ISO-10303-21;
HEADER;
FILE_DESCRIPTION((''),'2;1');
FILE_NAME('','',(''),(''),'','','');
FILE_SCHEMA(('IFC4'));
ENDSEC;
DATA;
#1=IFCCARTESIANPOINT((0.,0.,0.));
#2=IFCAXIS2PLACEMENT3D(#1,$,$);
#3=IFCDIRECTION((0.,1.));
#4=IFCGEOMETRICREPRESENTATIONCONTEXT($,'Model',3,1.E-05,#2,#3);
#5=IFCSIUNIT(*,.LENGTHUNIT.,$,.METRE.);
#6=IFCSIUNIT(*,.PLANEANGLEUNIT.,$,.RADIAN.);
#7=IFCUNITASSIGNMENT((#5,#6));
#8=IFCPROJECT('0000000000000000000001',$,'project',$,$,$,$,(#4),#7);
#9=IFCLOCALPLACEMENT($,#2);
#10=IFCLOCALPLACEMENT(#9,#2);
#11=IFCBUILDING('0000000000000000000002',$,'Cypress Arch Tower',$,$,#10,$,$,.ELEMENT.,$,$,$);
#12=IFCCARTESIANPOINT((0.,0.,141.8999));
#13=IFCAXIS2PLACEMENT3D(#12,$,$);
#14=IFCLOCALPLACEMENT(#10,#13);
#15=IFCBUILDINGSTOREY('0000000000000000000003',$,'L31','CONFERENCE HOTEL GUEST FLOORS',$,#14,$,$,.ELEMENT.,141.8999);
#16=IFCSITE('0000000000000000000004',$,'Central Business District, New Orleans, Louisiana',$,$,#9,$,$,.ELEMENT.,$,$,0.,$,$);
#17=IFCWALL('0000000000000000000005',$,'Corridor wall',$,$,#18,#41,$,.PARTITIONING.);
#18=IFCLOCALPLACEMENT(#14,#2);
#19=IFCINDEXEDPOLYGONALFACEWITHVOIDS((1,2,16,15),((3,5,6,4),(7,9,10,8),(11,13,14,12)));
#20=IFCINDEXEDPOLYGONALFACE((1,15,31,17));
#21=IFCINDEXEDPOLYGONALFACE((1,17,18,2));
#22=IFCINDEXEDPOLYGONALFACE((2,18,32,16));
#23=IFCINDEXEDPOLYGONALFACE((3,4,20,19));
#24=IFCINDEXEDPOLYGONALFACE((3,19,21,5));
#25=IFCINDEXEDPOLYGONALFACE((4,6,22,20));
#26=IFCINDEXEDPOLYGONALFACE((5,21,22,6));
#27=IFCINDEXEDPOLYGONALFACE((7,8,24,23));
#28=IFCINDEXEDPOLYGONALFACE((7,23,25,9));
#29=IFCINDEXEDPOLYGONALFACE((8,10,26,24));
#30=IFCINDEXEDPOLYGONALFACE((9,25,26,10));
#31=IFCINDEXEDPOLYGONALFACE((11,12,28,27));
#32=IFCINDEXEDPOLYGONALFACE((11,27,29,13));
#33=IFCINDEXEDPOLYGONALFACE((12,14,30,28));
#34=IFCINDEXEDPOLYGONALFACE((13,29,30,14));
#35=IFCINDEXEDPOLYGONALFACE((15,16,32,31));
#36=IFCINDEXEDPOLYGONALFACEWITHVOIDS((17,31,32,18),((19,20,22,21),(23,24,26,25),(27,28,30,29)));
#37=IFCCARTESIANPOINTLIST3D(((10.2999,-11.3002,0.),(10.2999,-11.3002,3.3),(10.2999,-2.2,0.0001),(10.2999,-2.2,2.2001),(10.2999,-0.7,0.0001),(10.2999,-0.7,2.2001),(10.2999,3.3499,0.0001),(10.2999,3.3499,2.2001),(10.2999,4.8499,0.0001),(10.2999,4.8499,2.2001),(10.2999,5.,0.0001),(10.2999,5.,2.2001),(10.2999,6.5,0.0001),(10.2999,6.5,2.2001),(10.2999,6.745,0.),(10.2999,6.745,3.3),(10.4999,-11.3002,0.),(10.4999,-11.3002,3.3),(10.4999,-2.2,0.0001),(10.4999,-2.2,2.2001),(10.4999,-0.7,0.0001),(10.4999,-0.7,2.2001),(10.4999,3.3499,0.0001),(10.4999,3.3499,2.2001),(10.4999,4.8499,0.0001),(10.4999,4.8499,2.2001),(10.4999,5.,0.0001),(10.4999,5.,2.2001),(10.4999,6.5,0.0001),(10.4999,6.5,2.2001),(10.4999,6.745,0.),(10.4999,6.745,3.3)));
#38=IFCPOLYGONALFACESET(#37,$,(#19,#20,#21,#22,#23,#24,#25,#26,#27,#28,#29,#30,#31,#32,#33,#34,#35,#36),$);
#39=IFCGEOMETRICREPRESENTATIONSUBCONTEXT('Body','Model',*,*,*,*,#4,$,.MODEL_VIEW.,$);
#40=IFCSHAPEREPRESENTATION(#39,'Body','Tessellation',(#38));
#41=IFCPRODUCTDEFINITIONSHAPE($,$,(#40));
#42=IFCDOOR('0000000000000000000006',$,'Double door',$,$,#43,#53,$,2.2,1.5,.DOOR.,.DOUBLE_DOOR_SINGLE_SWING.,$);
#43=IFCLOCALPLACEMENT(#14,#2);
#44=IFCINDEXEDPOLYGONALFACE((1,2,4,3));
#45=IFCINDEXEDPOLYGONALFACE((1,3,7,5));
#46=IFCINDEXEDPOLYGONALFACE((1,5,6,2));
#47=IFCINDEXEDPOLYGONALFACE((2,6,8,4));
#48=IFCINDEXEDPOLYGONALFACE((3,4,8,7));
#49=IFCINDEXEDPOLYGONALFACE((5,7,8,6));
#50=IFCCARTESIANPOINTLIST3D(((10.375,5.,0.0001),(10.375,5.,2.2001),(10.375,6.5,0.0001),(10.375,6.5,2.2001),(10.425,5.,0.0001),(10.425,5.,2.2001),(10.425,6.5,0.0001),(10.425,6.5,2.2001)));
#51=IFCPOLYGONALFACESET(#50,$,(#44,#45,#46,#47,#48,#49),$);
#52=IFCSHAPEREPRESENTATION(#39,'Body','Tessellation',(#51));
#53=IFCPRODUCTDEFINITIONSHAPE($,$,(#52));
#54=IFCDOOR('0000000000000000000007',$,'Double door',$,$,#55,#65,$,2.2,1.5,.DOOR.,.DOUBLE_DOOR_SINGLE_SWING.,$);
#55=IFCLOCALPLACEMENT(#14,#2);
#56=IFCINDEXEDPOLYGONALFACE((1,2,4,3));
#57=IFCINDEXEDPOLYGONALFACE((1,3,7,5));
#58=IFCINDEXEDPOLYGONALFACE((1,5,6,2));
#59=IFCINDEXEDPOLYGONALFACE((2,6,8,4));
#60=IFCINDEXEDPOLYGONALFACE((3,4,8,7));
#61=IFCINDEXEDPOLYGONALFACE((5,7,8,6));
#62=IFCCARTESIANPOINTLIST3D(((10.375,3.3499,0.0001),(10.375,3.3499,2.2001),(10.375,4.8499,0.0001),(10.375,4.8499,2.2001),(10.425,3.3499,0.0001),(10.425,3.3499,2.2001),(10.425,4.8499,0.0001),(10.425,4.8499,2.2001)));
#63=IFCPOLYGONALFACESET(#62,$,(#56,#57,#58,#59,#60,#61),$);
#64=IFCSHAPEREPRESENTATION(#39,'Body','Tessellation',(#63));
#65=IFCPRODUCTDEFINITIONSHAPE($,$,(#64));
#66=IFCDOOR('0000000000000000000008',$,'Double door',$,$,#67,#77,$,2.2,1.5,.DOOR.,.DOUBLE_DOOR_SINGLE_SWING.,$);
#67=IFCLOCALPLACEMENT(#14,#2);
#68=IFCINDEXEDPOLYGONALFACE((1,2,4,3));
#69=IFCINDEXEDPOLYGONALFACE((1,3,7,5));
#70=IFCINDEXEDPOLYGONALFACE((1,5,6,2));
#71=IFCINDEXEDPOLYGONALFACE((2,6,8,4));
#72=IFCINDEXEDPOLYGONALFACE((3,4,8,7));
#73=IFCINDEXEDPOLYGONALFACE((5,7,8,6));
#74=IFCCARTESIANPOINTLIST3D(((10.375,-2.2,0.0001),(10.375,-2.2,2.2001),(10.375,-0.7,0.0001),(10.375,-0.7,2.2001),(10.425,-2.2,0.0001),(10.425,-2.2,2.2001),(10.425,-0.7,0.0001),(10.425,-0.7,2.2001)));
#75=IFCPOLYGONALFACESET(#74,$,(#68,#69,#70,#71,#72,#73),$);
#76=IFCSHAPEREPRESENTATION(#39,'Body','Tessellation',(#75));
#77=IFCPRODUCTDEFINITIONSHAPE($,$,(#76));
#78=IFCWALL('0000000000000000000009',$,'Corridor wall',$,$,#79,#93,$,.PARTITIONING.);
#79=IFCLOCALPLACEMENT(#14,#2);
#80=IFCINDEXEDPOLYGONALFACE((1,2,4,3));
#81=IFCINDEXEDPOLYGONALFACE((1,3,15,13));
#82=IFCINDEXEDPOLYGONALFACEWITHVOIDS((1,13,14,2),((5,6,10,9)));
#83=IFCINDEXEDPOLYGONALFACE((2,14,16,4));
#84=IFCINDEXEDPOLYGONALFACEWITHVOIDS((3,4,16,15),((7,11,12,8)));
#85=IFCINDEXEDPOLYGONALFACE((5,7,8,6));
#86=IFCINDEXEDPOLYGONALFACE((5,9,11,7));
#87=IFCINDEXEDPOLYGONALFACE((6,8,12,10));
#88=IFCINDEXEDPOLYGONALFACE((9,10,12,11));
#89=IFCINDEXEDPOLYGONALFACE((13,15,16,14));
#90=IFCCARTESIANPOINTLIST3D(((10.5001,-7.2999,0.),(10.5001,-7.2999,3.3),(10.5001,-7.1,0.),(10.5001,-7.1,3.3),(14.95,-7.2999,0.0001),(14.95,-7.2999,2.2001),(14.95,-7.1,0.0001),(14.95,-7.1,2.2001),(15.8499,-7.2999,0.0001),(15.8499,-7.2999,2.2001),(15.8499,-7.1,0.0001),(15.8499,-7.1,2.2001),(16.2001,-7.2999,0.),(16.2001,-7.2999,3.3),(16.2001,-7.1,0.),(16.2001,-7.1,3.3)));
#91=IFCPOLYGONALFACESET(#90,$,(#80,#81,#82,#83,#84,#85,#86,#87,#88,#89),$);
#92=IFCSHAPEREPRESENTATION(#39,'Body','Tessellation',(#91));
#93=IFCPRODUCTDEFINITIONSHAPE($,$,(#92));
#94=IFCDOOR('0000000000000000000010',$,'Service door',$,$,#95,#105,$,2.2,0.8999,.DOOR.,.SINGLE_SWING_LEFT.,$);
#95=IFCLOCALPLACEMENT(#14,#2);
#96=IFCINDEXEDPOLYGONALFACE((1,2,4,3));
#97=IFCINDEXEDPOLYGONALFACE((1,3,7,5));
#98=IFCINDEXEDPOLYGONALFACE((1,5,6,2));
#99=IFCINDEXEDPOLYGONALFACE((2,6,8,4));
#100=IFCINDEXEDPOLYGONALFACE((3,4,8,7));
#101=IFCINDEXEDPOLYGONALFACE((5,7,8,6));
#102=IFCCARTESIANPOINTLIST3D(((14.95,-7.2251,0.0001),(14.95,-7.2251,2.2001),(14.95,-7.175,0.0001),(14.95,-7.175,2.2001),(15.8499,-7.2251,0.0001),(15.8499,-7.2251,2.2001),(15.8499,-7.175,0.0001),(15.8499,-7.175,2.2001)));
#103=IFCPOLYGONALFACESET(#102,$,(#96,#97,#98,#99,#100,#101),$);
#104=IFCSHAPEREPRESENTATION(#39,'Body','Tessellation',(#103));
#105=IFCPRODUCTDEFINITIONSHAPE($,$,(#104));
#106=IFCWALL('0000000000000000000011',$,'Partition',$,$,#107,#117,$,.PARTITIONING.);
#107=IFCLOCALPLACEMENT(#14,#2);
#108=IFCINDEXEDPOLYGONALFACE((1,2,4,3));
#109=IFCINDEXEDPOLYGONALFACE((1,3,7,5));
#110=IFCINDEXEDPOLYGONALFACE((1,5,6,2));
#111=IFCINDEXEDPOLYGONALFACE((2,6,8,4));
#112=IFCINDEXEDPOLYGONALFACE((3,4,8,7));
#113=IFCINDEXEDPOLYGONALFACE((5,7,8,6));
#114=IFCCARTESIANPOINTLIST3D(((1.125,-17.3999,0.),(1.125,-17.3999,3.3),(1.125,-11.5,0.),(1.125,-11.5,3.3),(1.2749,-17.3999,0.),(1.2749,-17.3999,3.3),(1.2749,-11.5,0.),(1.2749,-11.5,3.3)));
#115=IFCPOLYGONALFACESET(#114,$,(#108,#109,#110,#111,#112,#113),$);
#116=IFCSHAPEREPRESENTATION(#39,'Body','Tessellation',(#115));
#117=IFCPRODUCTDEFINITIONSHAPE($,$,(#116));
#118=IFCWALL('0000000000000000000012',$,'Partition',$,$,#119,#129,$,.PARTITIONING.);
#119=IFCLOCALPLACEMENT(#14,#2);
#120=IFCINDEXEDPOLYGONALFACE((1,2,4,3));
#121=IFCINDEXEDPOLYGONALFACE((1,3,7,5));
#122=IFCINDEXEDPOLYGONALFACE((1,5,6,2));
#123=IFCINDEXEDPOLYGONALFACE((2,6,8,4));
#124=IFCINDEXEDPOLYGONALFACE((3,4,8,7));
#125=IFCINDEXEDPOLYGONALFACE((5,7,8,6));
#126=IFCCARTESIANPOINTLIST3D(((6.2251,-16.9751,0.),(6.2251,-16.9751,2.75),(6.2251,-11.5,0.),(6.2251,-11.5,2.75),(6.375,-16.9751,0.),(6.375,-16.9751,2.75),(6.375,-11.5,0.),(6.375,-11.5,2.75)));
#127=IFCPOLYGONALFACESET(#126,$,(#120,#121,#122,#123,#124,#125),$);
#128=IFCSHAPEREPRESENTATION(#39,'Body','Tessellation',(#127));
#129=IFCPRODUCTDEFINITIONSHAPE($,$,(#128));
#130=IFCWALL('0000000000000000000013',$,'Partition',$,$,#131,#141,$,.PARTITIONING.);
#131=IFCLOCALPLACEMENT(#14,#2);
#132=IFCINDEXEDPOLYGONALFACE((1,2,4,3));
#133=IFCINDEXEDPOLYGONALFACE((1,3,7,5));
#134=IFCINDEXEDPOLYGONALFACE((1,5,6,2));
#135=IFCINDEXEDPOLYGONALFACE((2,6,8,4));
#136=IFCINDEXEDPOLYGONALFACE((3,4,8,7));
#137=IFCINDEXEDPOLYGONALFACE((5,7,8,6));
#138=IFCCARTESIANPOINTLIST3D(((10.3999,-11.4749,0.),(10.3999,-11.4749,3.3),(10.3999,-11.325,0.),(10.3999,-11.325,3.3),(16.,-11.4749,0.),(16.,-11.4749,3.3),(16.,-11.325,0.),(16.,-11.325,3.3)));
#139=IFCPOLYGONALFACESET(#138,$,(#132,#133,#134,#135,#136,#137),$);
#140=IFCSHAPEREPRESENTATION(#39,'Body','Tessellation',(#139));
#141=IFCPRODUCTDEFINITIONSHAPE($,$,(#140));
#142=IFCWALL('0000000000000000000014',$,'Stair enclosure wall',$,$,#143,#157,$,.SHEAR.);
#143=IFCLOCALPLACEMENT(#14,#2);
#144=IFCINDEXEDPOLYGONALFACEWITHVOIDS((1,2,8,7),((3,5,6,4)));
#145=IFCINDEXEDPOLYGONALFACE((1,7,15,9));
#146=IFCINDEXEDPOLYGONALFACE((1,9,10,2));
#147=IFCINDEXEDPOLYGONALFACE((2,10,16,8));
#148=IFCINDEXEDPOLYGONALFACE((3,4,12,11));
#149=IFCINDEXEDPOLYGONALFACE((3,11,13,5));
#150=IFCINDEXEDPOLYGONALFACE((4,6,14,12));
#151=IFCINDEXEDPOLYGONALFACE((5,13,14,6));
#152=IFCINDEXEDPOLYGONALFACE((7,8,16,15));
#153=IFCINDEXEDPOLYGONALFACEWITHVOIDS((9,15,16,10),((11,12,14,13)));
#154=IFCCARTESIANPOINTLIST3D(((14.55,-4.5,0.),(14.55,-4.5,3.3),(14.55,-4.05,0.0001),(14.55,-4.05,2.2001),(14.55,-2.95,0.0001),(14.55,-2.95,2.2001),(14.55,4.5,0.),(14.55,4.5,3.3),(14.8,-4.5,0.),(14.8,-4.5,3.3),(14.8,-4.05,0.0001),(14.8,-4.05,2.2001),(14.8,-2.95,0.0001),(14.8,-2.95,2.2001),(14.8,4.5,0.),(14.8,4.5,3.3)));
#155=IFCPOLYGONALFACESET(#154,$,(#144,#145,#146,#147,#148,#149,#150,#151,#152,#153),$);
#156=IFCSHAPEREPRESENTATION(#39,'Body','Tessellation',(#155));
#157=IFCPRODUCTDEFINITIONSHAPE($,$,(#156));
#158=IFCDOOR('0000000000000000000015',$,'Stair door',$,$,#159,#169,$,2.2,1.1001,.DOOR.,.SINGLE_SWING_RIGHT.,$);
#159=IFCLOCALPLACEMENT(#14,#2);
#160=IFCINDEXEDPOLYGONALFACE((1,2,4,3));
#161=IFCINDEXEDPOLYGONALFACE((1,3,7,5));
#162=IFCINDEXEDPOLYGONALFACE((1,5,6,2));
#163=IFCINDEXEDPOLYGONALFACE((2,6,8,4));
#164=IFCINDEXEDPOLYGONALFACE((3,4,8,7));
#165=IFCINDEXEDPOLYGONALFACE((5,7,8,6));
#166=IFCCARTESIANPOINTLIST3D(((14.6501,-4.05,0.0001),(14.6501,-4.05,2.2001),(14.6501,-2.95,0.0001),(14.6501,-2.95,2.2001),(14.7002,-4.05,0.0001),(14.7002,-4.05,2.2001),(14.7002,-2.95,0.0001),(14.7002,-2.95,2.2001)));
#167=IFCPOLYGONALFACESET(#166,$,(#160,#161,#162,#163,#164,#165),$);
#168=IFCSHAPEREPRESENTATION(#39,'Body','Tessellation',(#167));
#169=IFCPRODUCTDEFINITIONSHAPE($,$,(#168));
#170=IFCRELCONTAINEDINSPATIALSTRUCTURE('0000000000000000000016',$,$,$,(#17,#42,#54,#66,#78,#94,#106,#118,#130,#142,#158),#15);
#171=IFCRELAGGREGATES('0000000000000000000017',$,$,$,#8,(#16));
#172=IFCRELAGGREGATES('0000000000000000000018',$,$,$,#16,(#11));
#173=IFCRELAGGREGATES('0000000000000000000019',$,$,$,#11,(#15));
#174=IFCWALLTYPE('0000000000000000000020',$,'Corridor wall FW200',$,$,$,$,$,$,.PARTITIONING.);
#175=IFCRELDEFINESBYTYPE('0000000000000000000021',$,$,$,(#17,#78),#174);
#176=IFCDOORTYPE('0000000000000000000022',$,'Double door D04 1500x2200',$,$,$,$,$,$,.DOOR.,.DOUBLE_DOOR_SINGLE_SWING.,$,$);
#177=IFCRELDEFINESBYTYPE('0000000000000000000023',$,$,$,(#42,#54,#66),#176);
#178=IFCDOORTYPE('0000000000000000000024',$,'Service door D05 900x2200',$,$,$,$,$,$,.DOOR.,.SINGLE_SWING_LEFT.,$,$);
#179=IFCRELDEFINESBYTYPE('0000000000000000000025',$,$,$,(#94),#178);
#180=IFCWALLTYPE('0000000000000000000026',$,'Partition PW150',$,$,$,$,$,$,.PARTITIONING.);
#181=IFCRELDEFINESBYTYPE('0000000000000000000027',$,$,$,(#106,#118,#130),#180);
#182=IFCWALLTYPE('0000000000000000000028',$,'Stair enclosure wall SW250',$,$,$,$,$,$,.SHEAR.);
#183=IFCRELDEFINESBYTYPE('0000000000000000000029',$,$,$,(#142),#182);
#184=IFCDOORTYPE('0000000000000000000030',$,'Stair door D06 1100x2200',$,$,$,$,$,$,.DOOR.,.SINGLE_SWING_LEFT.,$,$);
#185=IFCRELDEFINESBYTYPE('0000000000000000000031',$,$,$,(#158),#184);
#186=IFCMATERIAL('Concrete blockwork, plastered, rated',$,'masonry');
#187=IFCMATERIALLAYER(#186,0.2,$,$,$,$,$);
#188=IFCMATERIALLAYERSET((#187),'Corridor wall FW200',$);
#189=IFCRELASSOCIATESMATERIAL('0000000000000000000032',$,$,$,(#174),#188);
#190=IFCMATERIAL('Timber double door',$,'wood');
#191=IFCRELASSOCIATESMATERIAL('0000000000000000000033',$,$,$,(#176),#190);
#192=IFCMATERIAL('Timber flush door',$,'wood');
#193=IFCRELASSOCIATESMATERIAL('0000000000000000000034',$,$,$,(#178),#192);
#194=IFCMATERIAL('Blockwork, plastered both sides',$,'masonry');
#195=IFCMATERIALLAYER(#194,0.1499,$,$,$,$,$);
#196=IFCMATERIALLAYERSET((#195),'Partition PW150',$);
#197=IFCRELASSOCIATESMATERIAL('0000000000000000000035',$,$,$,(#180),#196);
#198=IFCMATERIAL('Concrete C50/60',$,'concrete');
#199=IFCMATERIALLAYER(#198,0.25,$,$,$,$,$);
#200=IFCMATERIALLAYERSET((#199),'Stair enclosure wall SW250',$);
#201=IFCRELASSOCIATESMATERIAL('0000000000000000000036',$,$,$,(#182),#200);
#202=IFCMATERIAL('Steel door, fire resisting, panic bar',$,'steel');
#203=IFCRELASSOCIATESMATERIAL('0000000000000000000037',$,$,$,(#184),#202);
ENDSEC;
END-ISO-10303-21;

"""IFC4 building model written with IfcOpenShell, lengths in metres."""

from ifc_helpers import new_model, si_unit, direction, frame, frame_2d, origin, place, context, subcontext, project, spatial, rectangle, extrude, material, layer, layer_set, type_object, element, fill, save


model = new_model("IFC4")

# Units and contexts
model_context = context("Model", 3, precision=1e-05, world=origin(), true_north=direction((0.0, 1.0)))
body_context = subcontext(model_context, "Body", "Model", "MODEL_VIEW")
ifc_project = project(units=[si_unit("LENGTHUNIT", "METRE"), si_unit("PLANEANGLEUNIT", "RADIAN")], contexts=[model_context])

# Site, building, storey
site_placement = place(None, origin())
site = spatial("IfcSite", under=ifc_project, at=site_placement, Name="Central Business District, New Orleans, Louisiana", CompositionType="ELEMENT", RefElevation=0.0)
building_placement = place(site_placement, origin())
building = spatial("IfcBuilding", under=site, at=building_placement, Name="Cypress Arch Tower", CompositionType="ELEMENT")
storey_placement = place(building_placement, frame((0.0, 0.0, 141.8999)))
storey = spatial("IfcBuildingStorey", under=building, at=storey_placement, Name="L31", Description="CONFERENCE HOTEL GUEST FLOORS", CompositionType="ELEMENT", Elevation=141.8999)

# Shared definitions
ifc_material_1 = material(Name="Concrete blockwork, plastered, rated", Category="masonry")
ifc_layer_1 = layer(ifc_material_1, 0.2)
ifc_layer_set_1 = layer_set([ifc_layer_1], Name="Corridor wall FW200")
wall_type_1 = type_object("IfcWallType", Name="Corridor wall FW200", PredefinedType="PARTITIONING", material=ifc_layer_set_1)

# Wall, openings, doors
wall_1_placement = place(storey_placement, frame((10.3999, -11.3, 0.0), z_axis=(0.0, 0.0, 1.0), x_axis=(0.0, 1.0, 0.0)))
wall_1 = element("IfcWall", 1, at=wall_1_placement, inside=storey, type_object=wall_type_1, Name="Corridor wall", PredefinedType="PARTITIONING", context=body_context, shape_type="SweptSolid", body=[
    extrude(rectangle(XDim=18.0452, YDim=0.2, at=frame_2d((9.0225, 0.0))), origin(), (0.0, 0.0, 1.0), 3.3),
])
opening_1_placement = place(wall_1_placement, frame((16.3, 0.0, 0.0)))
opening_1 = element("IfcOpeningElement", 2, at=opening_1_placement, cuts=wall_1, PredefinedType="OPENING", context=body_context, shape_type="SweptSolid", body=[
    extrude(rectangle(XDim=1.5, YDim=2.2, at=frame_2d((0.75, 1.1001))), frame((0.0, 0.1099, 0.0), z_axis=(0.0, -1.0, 0.0), x_axis=(1.0, 0.0, 0.0)), (0.0, 0.0, 1.0), 0.22),
])
opening_2_placement = place(wall_1_placement, frame((14.6499, 0.0, 0.0)))
opening_2 = element("IfcOpeningElement", 3, at=opening_2_placement, cuts=wall_1, PredefinedType="OPENING", context=body_context, shape_type="SweptSolid", body=[
    extrude(rectangle(XDim=1.5, YDim=2.2, at=frame_2d((0.75, 1.1001))), frame((0.0, 0.1099, 0.0), z_axis=(0.0, -1.0, 0.0), x_axis=(1.0, 0.0, 0.0)), (0.0, 0.0, 1.0), 0.22),
])
opening_3_placement = place(wall_1_placement, frame((9.1001, 0.0, 0.0)))
opening_3 = element("IfcOpeningElement", 4, at=opening_3_placement, cuts=wall_1, PredefinedType="OPENING", context=body_context, shape_type="SweptSolid", body=[
    extrude(rectangle(XDim=1.5, YDim=2.2, at=frame_2d((0.75, 1.1001))), frame((0.0, 0.1099, 0.0), z_axis=(0.0, -1.0, 0.0), x_axis=(1.0, 0.0, 0.0)), (0.0, 0.0, 1.0), 0.22),
])
ifc_material_2 = material(Name="Timber double door", Category="wood")
door_type_1 = type_object("IfcDoorType", Name="Double door D04 1500x2200", OperationType="DOUBLE_DOOR_SINGLE_SWING", PredefinedType="DOOR", material=ifc_material_2)
door_1_placement = place(opening_1_placement, origin())
door_1 = element("IfcDoor", 5, at=door_1_placement, inside=storey, type_object=door_type_1, Name="Double door", OperationType="DOUBLE_DOOR_SINGLE_SWING", OverallHeight=2.2, OverallWidth=1.5, PredefinedType="DOOR", context=body_context, shape_type="SweptSolid", body=[
    extrude(rectangle(XDim=1.5, YDim=2.2, at=frame_2d((0.75, 1.1001))), frame((0.0, 0.0249, 0.0), z_axis=(0.0, -1.0, 0.0), x_axis=(1.0, 0.0, 0.0)), (0.0, 0.0, 1.0), 0.05),
])
fill(opening_1, door_1)
door_2_placement = place(opening_2_placement, origin())
door_2 = element("IfcDoor", 6, at=door_2_placement, inside=storey, type_object=door_type_1, Name="Double door", OperationType="DOUBLE_DOOR_SINGLE_SWING", OverallHeight=2.2, OverallWidth=1.5, PredefinedType="DOOR", context=body_context, shape_type="SweptSolid", body=[
    extrude(rectangle(XDim=1.5, YDim=2.2, at=frame_2d((0.75, 1.1001))), frame((0.0, 0.0249, 0.0), z_axis=(0.0, -1.0, 0.0), x_axis=(1.0, 0.0, 0.0)), (0.0, 0.0, 1.0), 0.05),
])
fill(opening_2, door_2)
door_3_placement = place(opening_3_placement, origin())
door_3 = element("IfcDoor", 7, at=door_3_placement, inside=storey, type_object=door_type_1, Name="Double door", OperationType="DOUBLE_DOOR_SINGLE_SWING", OverallHeight=2.2, OverallWidth=1.5, PredefinedType="DOOR", context=body_context, shape_type="SweptSolid", body=[
    extrude(rectangle(XDim=1.5, YDim=2.2, at=frame_2d((0.75, 1.1001))), frame((0.0, 0.0249, 0.0), z_axis=(0.0, -1.0, 0.0), x_axis=(1.0, 0.0, 0.0)), (0.0, 0.0, 1.0), 0.05),
])
fill(opening_3, door_3)

# Wall, opening, door
wall_2_placement = place(storey_placement, frame((10.5, -7.2, 0.0), z_axis=(0.0, 0.0, 1.0), x_axis=(1.0, 0.0, 0.0)))
wall_2 = element("IfcWall", 8, at=wall_2_placement, inside=storey, type_object=wall_type_1, Name="Corridor wall", PredefinedType="PARTITIONING", context=body_context, shape_type="SweptSolid", body=[
    extrude(rectangle(XDim=5.7, YDim=0.2, at=frame_2d((2.8501, 0.0))), origin(), (0.0, 0.0, 1.0), 3.3),
])
opening_4_placement = place(wall_2_placement, frame((4.45, 0.0, 0.0)))
opening_4 = element("IfcOpeningElement", 9, at=opening_4_placement, cuts=wall_2, PredefinedType="OPENING", context=body_context, shape_type="SweptSolid", body=[
    extrude(rectangle(XDim=0.8999, YDim=2.2, at=frame_2d((0.45, 1.1001))), frame((0.0, 0.1099, 0.0), z_axis=(0.0, -1.0, 0.0), x_axis=(1.0, 0.0, 0.0)), (0.0, 0.0, 1.0), 0.22),
])
ifc_material_3 = material(Name="Timber flush door", Category="wood")
door_type_2 = type_object("IfcDoorType", Name="Service door D05 900x2200", OperationType="SINGLE_SWING_LEFT", PredefinedType="DOOR", material=ifc_material_3)
door_4_placement = place(opening_4_placement, origin())
door_4 = element("IfcDoor", 10, at=door_4_placement, inside=storey, type_object=door_type_2, Name="Service door", OperationType="SINGLE_SWING_LEFT", OverallHeight=2.2, OverallWidth=0.8999, PredefinedType="DOOR", context=body_context, shape_type="SweptSolid", body=[
    extrude(rectangle(XDim=0.8999, YDim=2.2, at=frame_2d((0.45, 1.1001))), frame((0.0, 0.0249, 0.0), z_axis=(0.0, -1.0, 0.0), x_axis=(1.0, 0.0, 0.0)), (0.0, 0.0, 1.0), 0.05),
])
fill(opening_4, door_4)

# Walls
ifc_material_4 = material(Name="Blockwork, plastered both sides", Category="masonry")
ifc_layer_2 = layer(ifc_material_4, 0.1499)
ifc_layer_set_2 = layer_set([ifc_layer_2], Name="Partition PW150")
wall_type_2 = type_object("IfcWallType", Name="Partition PW150", PredefinedType="PARTITIONING", material=ifc_layer_set_2)
wall_3_placement = place(storey_placement, frame((1.2, -17.3999, 0.0), z_axis=(0.0, 0.0, 1.0), x_axis=(0.0, 1.0, 0.0)))
element("IfcWall", 11, at=wall_3_placement, inside=storey, type_object=wall_type_2, Name="Partition", PredefinedType="PARTITIONING", context=body_context, shape_type="SweptSolid", body=[
    extrude(rectangle(XDim=5.8999, YDim=0.1499, at=frame_2d((2.95, 0.0))), origin(), (0.0, 0.0, 1.0), 3.3),
])
wall_4_placement = place(storey_placement, frame((6.3, -16.9751, 0.0), z_axis=(0.0, 0.0, 1.0), x_axis=(0.0, 1.0, 0.0)))
element("IfcWall", 12, at=wall_4_placement, inside=storey, type_object=wall_type_2, Name="Partition", PredefinedType="PARTITIONING", context=body_context, shape_type="SweptSolid", body=[
    extrude(rectangle(XDim=5.4751, YDim=0.1499, at=frame_2d((2.7375, 0.0))), origin(), (0.0, 0.0, 1.0), 2.75),
])
wall_5_placement = place(storey_placement, frame((10.3999, -11.3999, 0.0), z_axis=(0.0, 0.0, 1.0), x_axis=(1.0, 0.0, 0.0)))
element("IfcWall", 13, at=wall_5_placement, inside=storey, type_object=wall_type_2, Name="Partition", PredefinedType="PARTITIONING", context=body_context, shape_type="SweptSolid", body=[
    extrude(rectangle(XDim=5.6001, YDim=0.1499, at=frame_2d((2.8, 0.0))), origin(), (0.0, 0.0, 1.0), 3.3),
])

# Wall, opening, door
ifc_material_5 = material(Name="Concrete C50/60", Category="concrete")
ifc_layer_3 = layer(ifc_material_5, 0.25)
ifc_layer_set_3 = layer_set([ifc_layer_3], Name="Stair enclosure wall SW250")
wall_type_3 = type_object("IfcWallType", Name="Stair enclosure wall SW250", PredefinedType="SHEAR", material=ifc_layer_set_3)
wall_6_placement = place(storey_placement, frame((14.675, -4.5, 0.0), z_axis=(0.0, 0.0, 1.0), x_axis=(0.0, 1.0, 0.0)))
wall_6 = element("IfcWall", 14, at=wall_6_placement, inside=storey, type_object=wall_type_3, Name="Stair enclosure wall", PredefinedType="SHEAR", context=body_context, shape_type="SweptSolid", body=[
    extrude(rectangle(XDim=9.0, YDim=0.25, at=frame_2d((4.5, 0.0))), origin(), (0.0, 0.0, 1.0), 3.3),
])
opening_5_placement = place(wall_6_placement, frame((0.45, 0.0, 0.0)))
opening_5 = element("IfcOpeningElement", 15, at=opening_5_placement, cuts=wall_6, PredefinedType="OPENING", context=body_context, shape_type="SweptSolid", body=[
    extrude(rectangle(XDim=1.1001, YDim=2.2, at=frame_2d((0.55, 1.1001))), frame((0.0, 0.135, 0.0), z_axis=(0.0, -1.0, 0.0), x_axis=(1.0, 0.0, 0.0)), (0.0, 0.0, 1.0), 0.27),
])
ifc_material_6 = material(Name="Steel door, fire resisting, panic bar", Category="steel")
door_type_3 = type_object("IfcDoorType", Name="Stair door D06 1100x2200", OperationType="SINGLE_SWING_LEFT", PredefinedType="DOOR", material=ifc_material_6)
door_5_placement = place(opening_5_placement, origin())
door_5 = element("IfcDoor", 16, at=door_5_placement, inside=storey, type_object=door_type_3, Name="Stair door", OperationType="SINGLE_SWING_RIGHT", OverallHeight=2.2, OverallWidth=1.1001, PredefinedType="DOOR", context=body_context, shape_type="SweptSolid", body=[
    extrude(rectangle(XDim=1.1001, YDim=2.2, at=frame_2d((0.55, 1.1001))), frame((0.0, 0.0249, 0.0), z_axis=(0.0, -1.0, 0.0), x_axis=(1.0, 0.0, 0.0)), (0.0, 0.0, 1.0), 0.05),
])
fill(opening_5, door_5)

save(model, "model.ifc")
